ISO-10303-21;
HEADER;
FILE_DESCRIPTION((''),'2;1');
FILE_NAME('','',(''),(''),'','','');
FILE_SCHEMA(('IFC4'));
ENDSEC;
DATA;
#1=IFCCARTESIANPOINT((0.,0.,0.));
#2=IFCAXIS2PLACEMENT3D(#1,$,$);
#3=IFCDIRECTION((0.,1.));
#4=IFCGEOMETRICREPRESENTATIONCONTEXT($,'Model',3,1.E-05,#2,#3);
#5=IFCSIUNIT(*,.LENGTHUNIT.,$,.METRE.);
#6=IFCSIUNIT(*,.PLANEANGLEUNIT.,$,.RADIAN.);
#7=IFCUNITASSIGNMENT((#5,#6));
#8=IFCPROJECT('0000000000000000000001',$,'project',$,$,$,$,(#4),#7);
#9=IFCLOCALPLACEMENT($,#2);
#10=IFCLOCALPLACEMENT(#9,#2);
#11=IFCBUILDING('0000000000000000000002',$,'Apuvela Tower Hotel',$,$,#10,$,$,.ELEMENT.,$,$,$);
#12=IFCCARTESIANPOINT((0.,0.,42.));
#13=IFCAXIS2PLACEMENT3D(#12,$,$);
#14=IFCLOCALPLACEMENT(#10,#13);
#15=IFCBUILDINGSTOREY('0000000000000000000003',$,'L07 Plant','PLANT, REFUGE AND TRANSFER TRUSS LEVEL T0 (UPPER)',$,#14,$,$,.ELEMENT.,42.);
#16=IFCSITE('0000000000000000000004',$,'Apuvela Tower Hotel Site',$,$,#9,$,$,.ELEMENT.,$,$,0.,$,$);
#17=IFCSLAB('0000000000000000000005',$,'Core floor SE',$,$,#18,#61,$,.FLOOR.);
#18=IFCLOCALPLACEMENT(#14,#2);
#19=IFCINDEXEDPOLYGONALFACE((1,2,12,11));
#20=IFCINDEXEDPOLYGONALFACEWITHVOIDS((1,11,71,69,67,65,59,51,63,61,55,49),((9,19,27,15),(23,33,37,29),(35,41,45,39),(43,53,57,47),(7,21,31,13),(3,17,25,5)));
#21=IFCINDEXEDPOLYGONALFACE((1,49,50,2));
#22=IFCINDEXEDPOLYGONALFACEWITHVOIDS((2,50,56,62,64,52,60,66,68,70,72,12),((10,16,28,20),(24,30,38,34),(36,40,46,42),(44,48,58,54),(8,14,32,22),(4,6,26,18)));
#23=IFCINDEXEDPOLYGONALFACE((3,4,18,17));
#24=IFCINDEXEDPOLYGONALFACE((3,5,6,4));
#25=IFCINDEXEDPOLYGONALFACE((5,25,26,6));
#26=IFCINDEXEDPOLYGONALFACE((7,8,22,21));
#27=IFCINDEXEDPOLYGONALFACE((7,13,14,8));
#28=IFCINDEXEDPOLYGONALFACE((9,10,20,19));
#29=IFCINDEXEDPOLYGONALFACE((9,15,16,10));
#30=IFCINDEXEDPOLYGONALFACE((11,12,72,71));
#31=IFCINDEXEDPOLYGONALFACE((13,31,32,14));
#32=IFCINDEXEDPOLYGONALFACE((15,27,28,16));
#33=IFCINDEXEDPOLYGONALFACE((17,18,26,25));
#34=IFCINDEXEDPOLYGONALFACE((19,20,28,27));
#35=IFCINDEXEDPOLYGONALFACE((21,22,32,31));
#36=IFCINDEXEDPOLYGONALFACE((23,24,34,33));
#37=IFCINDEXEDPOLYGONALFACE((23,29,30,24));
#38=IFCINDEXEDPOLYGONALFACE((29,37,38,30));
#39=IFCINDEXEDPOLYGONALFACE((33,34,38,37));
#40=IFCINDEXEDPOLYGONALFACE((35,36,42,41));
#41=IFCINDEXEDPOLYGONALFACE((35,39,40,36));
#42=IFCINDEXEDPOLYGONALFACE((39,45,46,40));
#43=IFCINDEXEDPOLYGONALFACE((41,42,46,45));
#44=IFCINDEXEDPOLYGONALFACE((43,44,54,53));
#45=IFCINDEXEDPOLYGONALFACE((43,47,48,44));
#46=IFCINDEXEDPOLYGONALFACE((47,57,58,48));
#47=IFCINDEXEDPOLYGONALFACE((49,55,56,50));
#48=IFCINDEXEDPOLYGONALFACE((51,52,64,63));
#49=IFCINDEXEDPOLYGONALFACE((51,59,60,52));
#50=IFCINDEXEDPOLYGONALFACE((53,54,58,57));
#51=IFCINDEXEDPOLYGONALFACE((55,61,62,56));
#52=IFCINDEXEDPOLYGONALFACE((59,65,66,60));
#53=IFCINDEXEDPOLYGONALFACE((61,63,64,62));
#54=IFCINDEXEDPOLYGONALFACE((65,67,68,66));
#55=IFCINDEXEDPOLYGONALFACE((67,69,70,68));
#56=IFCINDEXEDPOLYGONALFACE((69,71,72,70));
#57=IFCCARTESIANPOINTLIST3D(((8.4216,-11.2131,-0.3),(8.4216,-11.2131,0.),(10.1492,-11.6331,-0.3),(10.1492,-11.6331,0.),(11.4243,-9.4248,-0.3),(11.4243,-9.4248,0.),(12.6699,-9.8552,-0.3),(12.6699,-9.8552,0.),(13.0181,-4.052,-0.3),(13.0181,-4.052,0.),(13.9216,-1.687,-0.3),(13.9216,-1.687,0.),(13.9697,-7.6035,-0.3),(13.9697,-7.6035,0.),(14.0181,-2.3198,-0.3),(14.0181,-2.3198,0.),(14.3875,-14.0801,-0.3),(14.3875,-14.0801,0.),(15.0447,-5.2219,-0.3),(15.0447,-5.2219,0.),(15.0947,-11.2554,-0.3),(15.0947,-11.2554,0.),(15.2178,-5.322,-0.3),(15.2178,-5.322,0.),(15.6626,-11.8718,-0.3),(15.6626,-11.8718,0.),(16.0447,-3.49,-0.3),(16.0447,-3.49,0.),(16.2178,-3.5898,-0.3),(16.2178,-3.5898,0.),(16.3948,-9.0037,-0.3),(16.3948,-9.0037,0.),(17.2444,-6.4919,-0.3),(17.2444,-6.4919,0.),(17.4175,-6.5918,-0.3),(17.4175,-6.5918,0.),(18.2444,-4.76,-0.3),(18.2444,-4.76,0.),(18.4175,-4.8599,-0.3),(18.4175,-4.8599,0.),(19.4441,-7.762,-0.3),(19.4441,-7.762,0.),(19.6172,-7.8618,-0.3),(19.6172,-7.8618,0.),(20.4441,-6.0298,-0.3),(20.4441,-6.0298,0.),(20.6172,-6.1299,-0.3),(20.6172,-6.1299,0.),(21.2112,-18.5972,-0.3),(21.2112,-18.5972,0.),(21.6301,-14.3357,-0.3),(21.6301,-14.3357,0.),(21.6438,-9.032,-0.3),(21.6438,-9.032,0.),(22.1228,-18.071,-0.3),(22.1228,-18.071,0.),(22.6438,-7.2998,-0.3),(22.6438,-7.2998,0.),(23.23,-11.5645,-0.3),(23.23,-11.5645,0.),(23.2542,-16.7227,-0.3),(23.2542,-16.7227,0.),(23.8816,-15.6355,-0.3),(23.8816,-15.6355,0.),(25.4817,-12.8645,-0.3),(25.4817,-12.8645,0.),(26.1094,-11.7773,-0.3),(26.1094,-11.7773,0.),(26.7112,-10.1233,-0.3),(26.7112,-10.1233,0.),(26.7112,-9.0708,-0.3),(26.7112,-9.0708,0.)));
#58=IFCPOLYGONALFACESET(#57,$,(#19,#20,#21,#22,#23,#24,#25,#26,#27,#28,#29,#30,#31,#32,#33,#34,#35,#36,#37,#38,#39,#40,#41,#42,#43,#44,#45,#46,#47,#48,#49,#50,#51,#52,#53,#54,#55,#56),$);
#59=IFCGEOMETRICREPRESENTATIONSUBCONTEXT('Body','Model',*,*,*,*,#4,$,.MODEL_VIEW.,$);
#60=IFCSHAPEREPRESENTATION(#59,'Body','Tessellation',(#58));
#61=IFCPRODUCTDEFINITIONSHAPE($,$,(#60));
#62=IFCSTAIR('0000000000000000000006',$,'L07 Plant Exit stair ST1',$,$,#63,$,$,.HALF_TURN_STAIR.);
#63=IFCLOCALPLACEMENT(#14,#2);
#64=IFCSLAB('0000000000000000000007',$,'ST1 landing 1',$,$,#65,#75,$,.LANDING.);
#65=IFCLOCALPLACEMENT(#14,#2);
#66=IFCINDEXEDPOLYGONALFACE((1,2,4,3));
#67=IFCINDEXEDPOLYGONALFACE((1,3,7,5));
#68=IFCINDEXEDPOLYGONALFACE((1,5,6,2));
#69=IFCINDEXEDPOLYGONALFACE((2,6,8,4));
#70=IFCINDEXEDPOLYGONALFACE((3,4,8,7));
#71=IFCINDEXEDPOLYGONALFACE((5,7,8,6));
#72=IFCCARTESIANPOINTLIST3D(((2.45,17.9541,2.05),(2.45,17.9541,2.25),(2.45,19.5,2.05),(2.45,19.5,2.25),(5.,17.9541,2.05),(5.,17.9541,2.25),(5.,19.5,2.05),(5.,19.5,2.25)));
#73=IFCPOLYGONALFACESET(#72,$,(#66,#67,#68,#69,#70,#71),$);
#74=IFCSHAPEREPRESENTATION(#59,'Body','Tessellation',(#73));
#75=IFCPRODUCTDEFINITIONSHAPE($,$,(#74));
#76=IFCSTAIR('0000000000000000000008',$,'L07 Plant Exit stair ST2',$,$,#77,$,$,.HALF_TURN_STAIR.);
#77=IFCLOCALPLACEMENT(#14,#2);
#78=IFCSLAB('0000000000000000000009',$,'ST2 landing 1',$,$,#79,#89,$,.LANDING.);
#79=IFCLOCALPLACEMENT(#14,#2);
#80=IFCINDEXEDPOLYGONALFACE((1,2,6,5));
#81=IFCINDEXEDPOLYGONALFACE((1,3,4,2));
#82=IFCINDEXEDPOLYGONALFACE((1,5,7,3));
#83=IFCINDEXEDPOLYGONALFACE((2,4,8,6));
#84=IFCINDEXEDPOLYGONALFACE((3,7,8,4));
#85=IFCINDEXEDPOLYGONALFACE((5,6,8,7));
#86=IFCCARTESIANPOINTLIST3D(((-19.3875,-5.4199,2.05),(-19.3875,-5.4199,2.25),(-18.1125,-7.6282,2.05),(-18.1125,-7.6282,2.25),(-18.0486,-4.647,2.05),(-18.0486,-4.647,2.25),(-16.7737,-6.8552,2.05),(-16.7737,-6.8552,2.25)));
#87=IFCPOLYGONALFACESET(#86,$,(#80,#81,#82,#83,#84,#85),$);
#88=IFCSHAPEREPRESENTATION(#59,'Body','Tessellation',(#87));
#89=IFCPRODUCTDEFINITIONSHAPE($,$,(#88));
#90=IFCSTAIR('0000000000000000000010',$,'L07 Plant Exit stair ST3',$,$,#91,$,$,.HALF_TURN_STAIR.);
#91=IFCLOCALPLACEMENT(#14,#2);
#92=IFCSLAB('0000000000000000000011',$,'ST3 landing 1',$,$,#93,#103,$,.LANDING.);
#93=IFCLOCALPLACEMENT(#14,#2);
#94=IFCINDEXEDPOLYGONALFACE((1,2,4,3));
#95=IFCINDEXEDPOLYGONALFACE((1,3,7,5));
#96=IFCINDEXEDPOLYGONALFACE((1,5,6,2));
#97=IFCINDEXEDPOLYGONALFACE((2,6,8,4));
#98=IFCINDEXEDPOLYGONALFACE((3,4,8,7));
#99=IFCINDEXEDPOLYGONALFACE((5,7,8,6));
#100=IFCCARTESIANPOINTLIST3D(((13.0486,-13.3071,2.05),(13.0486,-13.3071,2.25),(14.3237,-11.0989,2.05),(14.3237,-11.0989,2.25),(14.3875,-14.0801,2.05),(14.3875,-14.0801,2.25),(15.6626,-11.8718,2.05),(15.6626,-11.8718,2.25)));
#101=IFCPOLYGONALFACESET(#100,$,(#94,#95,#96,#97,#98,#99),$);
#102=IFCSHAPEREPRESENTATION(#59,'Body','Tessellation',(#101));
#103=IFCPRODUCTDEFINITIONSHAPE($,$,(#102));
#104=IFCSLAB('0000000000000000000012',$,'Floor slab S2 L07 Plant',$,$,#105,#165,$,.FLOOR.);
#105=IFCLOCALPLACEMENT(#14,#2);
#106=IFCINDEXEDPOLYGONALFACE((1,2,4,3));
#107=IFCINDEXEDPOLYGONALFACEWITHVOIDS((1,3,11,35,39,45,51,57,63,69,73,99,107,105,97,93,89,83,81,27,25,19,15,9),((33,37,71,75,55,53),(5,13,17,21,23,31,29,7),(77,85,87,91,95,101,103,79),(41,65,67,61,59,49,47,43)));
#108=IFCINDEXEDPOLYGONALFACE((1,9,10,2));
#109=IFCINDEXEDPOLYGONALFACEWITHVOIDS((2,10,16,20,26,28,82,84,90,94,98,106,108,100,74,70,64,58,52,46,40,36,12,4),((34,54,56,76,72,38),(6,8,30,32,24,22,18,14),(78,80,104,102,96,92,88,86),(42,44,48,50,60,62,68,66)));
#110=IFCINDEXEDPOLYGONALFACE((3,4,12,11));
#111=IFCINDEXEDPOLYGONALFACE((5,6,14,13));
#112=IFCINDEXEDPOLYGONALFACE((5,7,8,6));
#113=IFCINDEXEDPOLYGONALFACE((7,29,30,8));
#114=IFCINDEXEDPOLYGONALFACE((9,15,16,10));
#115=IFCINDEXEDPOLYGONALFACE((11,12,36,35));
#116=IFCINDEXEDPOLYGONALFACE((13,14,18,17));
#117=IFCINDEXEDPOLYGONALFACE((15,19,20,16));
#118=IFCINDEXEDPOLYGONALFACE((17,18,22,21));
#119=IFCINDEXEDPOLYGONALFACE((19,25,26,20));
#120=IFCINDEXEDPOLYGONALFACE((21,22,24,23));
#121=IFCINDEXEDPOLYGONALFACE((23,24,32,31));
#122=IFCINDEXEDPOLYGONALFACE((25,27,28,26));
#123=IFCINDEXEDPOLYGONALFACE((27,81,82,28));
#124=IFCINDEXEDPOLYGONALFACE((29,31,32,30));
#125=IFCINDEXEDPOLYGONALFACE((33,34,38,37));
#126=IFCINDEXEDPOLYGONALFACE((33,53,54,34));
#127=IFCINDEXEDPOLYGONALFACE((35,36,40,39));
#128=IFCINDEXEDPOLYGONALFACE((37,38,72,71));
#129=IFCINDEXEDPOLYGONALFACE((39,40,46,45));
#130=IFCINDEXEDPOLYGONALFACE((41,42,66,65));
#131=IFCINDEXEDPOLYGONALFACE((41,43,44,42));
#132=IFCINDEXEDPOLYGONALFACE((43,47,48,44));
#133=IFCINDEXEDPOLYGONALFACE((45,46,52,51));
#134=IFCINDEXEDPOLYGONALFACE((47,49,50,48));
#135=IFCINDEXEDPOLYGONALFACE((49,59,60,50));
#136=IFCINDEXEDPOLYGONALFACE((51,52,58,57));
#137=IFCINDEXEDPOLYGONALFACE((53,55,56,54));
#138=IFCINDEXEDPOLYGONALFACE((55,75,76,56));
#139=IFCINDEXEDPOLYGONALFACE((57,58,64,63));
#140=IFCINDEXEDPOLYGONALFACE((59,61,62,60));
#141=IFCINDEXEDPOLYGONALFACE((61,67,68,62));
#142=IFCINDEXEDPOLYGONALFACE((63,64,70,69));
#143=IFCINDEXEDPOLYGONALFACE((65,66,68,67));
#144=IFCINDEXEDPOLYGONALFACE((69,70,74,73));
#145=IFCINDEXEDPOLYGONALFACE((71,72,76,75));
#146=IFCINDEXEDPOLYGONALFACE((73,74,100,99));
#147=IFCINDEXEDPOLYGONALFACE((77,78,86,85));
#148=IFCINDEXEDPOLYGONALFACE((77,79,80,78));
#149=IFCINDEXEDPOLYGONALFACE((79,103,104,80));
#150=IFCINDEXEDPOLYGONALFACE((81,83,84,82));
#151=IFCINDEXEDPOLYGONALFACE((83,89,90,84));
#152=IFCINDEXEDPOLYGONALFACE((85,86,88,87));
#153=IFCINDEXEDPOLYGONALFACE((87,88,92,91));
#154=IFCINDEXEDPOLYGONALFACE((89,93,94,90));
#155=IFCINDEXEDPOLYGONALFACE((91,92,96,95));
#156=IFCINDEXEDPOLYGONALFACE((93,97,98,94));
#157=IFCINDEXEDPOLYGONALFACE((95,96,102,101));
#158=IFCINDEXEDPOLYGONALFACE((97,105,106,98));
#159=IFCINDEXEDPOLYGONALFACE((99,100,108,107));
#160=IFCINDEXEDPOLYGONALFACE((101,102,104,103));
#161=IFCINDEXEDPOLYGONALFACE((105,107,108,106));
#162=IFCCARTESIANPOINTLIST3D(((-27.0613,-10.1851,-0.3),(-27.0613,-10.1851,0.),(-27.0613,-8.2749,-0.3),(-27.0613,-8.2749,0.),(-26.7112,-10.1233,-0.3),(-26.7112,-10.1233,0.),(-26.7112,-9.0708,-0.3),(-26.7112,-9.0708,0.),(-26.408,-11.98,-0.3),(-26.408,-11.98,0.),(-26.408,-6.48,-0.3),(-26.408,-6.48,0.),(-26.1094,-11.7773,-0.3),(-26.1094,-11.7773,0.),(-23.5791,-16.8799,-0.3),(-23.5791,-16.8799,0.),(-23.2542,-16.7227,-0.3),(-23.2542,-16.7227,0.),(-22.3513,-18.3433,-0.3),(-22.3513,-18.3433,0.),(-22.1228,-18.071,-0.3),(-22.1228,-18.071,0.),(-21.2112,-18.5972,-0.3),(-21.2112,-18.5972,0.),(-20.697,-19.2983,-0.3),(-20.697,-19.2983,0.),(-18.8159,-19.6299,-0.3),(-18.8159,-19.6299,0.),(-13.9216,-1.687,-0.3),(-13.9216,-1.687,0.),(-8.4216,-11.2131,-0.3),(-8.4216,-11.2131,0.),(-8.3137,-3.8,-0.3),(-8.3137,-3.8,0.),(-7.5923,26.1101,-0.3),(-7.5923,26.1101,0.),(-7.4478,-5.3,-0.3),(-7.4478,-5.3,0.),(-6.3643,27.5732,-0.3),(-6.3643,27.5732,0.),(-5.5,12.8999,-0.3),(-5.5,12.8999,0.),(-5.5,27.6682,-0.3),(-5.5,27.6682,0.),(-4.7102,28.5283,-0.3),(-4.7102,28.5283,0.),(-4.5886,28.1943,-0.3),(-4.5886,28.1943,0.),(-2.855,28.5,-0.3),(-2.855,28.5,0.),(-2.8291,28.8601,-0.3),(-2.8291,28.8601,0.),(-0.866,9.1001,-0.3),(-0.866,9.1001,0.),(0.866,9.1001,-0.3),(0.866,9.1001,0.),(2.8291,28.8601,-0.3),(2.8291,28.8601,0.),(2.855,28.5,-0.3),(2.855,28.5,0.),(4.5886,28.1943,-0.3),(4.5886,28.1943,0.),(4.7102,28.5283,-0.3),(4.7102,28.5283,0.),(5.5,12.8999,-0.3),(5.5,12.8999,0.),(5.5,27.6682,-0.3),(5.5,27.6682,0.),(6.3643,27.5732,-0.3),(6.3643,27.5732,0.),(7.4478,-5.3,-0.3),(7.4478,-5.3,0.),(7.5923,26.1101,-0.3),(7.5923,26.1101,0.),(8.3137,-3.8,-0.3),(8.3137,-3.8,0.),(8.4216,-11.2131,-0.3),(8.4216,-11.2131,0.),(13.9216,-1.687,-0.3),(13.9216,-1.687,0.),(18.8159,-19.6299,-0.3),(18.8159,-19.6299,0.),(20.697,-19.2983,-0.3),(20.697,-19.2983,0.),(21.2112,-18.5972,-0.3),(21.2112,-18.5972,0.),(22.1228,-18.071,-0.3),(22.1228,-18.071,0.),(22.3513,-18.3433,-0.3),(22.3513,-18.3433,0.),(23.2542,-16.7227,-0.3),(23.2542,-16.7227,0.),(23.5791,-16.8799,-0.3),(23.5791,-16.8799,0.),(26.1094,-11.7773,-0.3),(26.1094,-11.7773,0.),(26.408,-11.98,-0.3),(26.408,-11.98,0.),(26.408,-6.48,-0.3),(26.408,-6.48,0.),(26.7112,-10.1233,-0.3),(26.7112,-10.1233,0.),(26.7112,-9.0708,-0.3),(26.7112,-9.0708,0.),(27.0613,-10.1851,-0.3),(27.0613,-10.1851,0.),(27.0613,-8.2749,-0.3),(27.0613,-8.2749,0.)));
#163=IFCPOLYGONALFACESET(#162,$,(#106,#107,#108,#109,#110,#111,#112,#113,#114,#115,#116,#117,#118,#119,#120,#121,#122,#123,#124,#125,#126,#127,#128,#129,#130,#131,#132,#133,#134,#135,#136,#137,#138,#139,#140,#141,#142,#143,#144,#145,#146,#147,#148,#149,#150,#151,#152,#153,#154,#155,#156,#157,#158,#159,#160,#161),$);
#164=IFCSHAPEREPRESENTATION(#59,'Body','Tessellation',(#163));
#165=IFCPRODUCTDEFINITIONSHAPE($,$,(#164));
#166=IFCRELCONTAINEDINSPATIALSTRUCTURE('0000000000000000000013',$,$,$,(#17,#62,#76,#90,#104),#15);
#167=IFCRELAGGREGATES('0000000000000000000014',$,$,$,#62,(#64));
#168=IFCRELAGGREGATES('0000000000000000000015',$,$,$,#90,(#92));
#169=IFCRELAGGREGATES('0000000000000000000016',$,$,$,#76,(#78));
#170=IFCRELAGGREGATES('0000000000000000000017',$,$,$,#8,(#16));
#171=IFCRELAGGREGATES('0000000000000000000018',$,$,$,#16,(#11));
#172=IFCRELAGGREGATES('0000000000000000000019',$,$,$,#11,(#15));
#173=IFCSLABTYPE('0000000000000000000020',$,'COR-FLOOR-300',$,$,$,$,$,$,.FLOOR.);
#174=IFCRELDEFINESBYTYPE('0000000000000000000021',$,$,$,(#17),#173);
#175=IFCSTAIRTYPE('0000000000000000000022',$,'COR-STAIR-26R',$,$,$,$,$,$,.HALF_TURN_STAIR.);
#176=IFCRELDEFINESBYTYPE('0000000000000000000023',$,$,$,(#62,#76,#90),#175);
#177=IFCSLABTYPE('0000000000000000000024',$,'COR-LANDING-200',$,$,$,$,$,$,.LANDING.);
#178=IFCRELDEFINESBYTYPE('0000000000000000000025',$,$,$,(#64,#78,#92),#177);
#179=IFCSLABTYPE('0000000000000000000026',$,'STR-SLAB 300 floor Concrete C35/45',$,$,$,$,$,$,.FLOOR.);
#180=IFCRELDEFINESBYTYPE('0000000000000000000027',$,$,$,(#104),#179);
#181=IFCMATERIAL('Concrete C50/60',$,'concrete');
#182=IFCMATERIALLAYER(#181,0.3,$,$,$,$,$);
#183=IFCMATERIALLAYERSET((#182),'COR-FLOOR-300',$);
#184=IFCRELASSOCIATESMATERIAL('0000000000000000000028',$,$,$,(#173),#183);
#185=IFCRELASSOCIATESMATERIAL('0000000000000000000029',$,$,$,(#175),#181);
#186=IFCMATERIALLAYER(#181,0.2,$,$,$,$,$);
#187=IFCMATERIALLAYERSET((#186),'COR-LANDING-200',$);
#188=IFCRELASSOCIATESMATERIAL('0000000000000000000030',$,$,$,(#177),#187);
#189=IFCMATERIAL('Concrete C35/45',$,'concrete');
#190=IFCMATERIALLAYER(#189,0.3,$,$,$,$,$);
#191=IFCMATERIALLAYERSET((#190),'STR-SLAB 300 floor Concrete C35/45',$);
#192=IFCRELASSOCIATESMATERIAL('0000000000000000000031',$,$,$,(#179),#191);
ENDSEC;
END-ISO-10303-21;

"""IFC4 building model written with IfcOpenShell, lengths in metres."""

from ifc_helpers import new_model, si_unit, direction, frame, origin, place, context, subcontext, project, spatial, polyline, outline, extrude, material, layer, layer_set, type_object, element, aggregate, save


model = new_model("IFC4")

# Units and contexts
model_context = context("Model", 3, precision=1e-05, world=origin(), true_north=direction((0.0, 1.0)))
body_context = subcontext(model_context, "Body", "Model", "MODEL_VIEW")
ifc_project = project(units=[si_unit("LENGTHUNIT", "METRE"), si_unit("PLANEANGLEUNIT", "RADIAN")], contexts=[model_context])

# Site, building, storey
site_placement = place(None, origin())
site = spatial("IfcSite", under=ifc_project, at=site_placement, Name="Apuvela Tower Hotel Site", CompositionType="ELEMENT", RefElevation=0.0)
building_placement = place(site_placement, origin())
building = spatial("IfcBuilding", under=site, at=building_placement, Name="Apuvela Tower Hotel", CompositionType="ELEMENT")
storey_placement = place(building_placement, frame((0.0, 0.0, 42.0)))
storey = spatial("IfcBuildingStorey", under=building, at=storey_placement, Name="L07 Plant", Description="PLANT, REFUGE AND TRANSFER TRUSS LEVEL T0 (UPPER)", CompositionType="ELEMENT", Elevation=42.0)

# Slab
ifc_material_1 = material(Name="Concrete C50/60", Category="concrete")
ifc_layer_1 = layer(ifc_material_1, 0.3)
ifc_layer_set_1 = layer_set([ifc_layer_1], Name="COR-FLOOR-300")
slab_type_1 = type_object("IfcSlabType", Name="COR-FLOOR-300", PredefinedType="FLOOR", material=ifc_layer_set_1)
slab_1_placement = place(storey_placement, frame((0.0, 0.0, -0.3)))
element("IfcSlab", 1, at=slab_1_placement, inside=storey, type_object=slab_type_1, Name="Core floor SE", PredefinedType="FLOOR", context=body_context, shape_type="SweptSolid", body=[
    extrude(outline(polyline([(21.2112, -18.5972), (22.1228, -18.071), (23.2542, -16.7227), (23.8816, -15.6355), (21.6301, -14.3357), (23.23, -11.5645), (25.4817, -12.8645), (26.1094, -11.7773), (26.7112, -10.1233), (26.7112, -9.0708), (13.9216, -1.687), (8.4216, -11.2131), (21.2112, -18.5972)]), holes=[polyline([(13.0181, -4.052), (14.0181, -2.3198), (16.0447, -3.49), (15.0447, -5.2219), (13.0181, -4.052)]), polyline([(17.2444, -6.4919), (15.2178, -5.322), (16.2178, -3.5898), (18.2444, -4.76), (17.2444, -6.4919)]), polyline([(14.3875, -14.0801), (10.1492, -11.6331), (11.4243, -9.4248), (15.6626, -11.8718), (14.3875, -14.0801)]), polyline([(12.6699, -9.8552), (13.9697, -7.6035), (16.3948, -9.0037), (15.0947, -11.2554), (12.6699, -9.8552)]), polyline([(19.4441, -7.762), (17.4175, -6.5918), (18.4175, -4.8599), (20.4441, -6.0298), (19.4441, -7.762)]), polyline([(21.6438, -9.032), (19.6172, -7.8618), (20.6172, -6.1299), (22.6438, -7.2998), (21.6438, -9.032)])]), origin(), (0.0, 0.0, 1.0), 0.3),
])

# Stairs, slabs
stair_type = type_object("IfcStairType", Name="COR-STAIR-26R", PredefinedType="HALF_TURN_STAIR", material=ifc_material_1)
stair_1_placement = place(storey_placement, origin())
stair_1 = element("IfcStair", 2, at=stair_1_placement, inside=storey, type_object=stair_type, Name="L07 Plant Exit stair ST1", PredefinedType="HALF_TURN_STAIR")
ifc_layer_2 = layer(ifc_material_1, 0.2)
ifc_layer_set_2 = layer_set([ifc_layer_2], Name="COR-LANDING-200")
slab_type_2 = type_object("IfcSlabType", Name="COR-LANDING-200", PredefinedType="LANDING", material=ifc_layer_set_2)
slab_2_placement = place(storey_placement, frame((0.0, 0.0, 2.05)))
slab_2 = element("IfcSlab", 3, at=slab_2_placement, type_object=slab_type_2, Name="ST1 landing 1", PredefinedType="LANDING", context=body_context, shape_type="SweptSolid", body=[
    extrude(outline(polyline([(5.0, 17.9541), (5.0, 19.5), (2.45, 19.5), (2.45, 17.9541), (5.0, 17.9541)])), origin(), (0.0, 0.0, 1.0), 0.2),
])
aggregate(stair_1, [slab_2])
stair_2_placement = place(storey_placement, origin())
stair_2 = element("IfcStair", 4, at=stair_2_placement, inside=storey, type_object=stair_type, Name="L07 Plant Exit stair ST2", PredefinedType="HALF_TURN_STAIR")
slab_3_placement = place(storey_placement, frame((0.0, 0.0, 2.05)))
slab_3 = element("IfcSlab", 5, at=slab_3_placement, type_object=slab_type_2, Name="ST2 landing 1", PredefinedType="LANDING", context=body_context, shape_type="SweptSolid", body=[
    extrude(outline(polyline([(-18.0486, -4.647), (-19.3875, -5.4199), (-18.1125, -7.6282), (-16.7737, -6.8552), (-18.0486, -4.647)])), origin(), (0.0, 0.0, 1.0), 0.2),
])
stair_3_placement = place(storey_placement, origin())
stair_3 = element("IfcStair", 6, at=stair_3_placement, inside=storey, type_object=stair_type, Name="L07 Plant Exit stair ST3", PredefinedType="HALF_TURN_STAIR")
slab_4_placement = place(storey_placement, frame((0.0, 0.0, 2.05)))
slab_4 = element("IfcSlab", 7, at=slab_4_placement, type_object=slab_type_2, Name="ST3 landing 1", PredefinedType="LANDING", context=body_context, shape_type="SweptSolid", body=[
    extrude(outline(polyline([(13.0486, -13.3071), (14.3875, -14.0801), (15.6626, -11.8718), (14.3237, -11.0989), (13.0486, -13.3071)])), origin(), (0.0, 0.0, 1.0), 0.2),
])
aggregate(stair_3, [slab_4])

# Slab
ifc_material_2 = material(Name="Concrete C35/45", Category="concrete")
ifc_layer_3 = layer(ifc_material_2, 0.3)
ifc_layer_set_3 = layer_set([ifc_layer_3], Name="STR-SLAB 300 floor Concrete C35/45")
slab_type_3 = type_object("IfcSlabType", Name="STR-SLAB 300 floor Concrete C35/45", PredefinedType="FLOOR", material=ifc_layer_set_3)
slab_5_placement = place(storey_placement, frame((0.0, 0.0, -0.3)))
element("IfcSlab", 8, at=slab_5_placement, inside=storey, type_object=slab_type_3, Name="Floor slab S2 L07 Plant", PredefinedType="FLOOR", context=body_context, shape_type="SweptSolid", body=[
    extrude(outline(polyline([(7.5923, 26.1101), (6.3643, 27.5732), (4.7102, 28.5283), (2.8291, 28.8601), (-2.8291, 28.8601), (-4.7102, 28.5283), (-6.3643, 27.5732), (-7.5923, 26.1101), (-26.408, -6.48), (-27.0613, -8.2749), (-27.0613, -10.1851), (-26.408, -11.98), (-23.5791, -16.8799), (-22.3513, -18.3433), (-20.697, -19.2983), (-18.8159, -19.6299), (18.8159, -19.6299), (20.697, -19.2983), (22.3513, -18.3433), (23.5791, -16.8799), (26.408, -11.98), (27.0613, -10.1851), (27.0613, -8.2749), (26.408, -6.48), (7.5923, 26.1101)]), holes=[polyline([(0.866, 9.1001), (-0.866, 9.1001), (-8.3137, -3.8), (-7.4478, -5.3), (7.4478, -5.3), (8.3137, -3.8), (0.866, 9.1001)]), polyline([(-5.5, 12.8999), (-5.5, 27.6682), (-4.5886, 28.1943), (-2.855, 28.5), (2.855, 28.5), (4.5886, 28.1943), (5.5, 27.6682), (5.5, 12.8999), (-5.5, 12.8999)]), polyline([(-8.4216, -11.2131), (-21.2112, -18.5972), (-22.1228, -18.071), (-23.2542, -16.7227), (-26.1094, -11.7773), (-26.7112, -10.1233), (-26.7112, -9.0708), (-13.9216, -1.687), (-8.4216, -11.2131)]), polyline([(13.9216, -1.687), (26.7112, -9.0708), (26.7112, -10.1233), (26.1094, -11.7773), (23.2542, -16.7227), (22.1228, -18.071), (21.2112, -18.5972), (8.4216, -11.2131), (13.9216, -1.687)])]), origin(), (0.0, 0.0, 1.0), 0.3),
])

aggregate(stair_2, [slab_3])

save(model, "model.ifc")
